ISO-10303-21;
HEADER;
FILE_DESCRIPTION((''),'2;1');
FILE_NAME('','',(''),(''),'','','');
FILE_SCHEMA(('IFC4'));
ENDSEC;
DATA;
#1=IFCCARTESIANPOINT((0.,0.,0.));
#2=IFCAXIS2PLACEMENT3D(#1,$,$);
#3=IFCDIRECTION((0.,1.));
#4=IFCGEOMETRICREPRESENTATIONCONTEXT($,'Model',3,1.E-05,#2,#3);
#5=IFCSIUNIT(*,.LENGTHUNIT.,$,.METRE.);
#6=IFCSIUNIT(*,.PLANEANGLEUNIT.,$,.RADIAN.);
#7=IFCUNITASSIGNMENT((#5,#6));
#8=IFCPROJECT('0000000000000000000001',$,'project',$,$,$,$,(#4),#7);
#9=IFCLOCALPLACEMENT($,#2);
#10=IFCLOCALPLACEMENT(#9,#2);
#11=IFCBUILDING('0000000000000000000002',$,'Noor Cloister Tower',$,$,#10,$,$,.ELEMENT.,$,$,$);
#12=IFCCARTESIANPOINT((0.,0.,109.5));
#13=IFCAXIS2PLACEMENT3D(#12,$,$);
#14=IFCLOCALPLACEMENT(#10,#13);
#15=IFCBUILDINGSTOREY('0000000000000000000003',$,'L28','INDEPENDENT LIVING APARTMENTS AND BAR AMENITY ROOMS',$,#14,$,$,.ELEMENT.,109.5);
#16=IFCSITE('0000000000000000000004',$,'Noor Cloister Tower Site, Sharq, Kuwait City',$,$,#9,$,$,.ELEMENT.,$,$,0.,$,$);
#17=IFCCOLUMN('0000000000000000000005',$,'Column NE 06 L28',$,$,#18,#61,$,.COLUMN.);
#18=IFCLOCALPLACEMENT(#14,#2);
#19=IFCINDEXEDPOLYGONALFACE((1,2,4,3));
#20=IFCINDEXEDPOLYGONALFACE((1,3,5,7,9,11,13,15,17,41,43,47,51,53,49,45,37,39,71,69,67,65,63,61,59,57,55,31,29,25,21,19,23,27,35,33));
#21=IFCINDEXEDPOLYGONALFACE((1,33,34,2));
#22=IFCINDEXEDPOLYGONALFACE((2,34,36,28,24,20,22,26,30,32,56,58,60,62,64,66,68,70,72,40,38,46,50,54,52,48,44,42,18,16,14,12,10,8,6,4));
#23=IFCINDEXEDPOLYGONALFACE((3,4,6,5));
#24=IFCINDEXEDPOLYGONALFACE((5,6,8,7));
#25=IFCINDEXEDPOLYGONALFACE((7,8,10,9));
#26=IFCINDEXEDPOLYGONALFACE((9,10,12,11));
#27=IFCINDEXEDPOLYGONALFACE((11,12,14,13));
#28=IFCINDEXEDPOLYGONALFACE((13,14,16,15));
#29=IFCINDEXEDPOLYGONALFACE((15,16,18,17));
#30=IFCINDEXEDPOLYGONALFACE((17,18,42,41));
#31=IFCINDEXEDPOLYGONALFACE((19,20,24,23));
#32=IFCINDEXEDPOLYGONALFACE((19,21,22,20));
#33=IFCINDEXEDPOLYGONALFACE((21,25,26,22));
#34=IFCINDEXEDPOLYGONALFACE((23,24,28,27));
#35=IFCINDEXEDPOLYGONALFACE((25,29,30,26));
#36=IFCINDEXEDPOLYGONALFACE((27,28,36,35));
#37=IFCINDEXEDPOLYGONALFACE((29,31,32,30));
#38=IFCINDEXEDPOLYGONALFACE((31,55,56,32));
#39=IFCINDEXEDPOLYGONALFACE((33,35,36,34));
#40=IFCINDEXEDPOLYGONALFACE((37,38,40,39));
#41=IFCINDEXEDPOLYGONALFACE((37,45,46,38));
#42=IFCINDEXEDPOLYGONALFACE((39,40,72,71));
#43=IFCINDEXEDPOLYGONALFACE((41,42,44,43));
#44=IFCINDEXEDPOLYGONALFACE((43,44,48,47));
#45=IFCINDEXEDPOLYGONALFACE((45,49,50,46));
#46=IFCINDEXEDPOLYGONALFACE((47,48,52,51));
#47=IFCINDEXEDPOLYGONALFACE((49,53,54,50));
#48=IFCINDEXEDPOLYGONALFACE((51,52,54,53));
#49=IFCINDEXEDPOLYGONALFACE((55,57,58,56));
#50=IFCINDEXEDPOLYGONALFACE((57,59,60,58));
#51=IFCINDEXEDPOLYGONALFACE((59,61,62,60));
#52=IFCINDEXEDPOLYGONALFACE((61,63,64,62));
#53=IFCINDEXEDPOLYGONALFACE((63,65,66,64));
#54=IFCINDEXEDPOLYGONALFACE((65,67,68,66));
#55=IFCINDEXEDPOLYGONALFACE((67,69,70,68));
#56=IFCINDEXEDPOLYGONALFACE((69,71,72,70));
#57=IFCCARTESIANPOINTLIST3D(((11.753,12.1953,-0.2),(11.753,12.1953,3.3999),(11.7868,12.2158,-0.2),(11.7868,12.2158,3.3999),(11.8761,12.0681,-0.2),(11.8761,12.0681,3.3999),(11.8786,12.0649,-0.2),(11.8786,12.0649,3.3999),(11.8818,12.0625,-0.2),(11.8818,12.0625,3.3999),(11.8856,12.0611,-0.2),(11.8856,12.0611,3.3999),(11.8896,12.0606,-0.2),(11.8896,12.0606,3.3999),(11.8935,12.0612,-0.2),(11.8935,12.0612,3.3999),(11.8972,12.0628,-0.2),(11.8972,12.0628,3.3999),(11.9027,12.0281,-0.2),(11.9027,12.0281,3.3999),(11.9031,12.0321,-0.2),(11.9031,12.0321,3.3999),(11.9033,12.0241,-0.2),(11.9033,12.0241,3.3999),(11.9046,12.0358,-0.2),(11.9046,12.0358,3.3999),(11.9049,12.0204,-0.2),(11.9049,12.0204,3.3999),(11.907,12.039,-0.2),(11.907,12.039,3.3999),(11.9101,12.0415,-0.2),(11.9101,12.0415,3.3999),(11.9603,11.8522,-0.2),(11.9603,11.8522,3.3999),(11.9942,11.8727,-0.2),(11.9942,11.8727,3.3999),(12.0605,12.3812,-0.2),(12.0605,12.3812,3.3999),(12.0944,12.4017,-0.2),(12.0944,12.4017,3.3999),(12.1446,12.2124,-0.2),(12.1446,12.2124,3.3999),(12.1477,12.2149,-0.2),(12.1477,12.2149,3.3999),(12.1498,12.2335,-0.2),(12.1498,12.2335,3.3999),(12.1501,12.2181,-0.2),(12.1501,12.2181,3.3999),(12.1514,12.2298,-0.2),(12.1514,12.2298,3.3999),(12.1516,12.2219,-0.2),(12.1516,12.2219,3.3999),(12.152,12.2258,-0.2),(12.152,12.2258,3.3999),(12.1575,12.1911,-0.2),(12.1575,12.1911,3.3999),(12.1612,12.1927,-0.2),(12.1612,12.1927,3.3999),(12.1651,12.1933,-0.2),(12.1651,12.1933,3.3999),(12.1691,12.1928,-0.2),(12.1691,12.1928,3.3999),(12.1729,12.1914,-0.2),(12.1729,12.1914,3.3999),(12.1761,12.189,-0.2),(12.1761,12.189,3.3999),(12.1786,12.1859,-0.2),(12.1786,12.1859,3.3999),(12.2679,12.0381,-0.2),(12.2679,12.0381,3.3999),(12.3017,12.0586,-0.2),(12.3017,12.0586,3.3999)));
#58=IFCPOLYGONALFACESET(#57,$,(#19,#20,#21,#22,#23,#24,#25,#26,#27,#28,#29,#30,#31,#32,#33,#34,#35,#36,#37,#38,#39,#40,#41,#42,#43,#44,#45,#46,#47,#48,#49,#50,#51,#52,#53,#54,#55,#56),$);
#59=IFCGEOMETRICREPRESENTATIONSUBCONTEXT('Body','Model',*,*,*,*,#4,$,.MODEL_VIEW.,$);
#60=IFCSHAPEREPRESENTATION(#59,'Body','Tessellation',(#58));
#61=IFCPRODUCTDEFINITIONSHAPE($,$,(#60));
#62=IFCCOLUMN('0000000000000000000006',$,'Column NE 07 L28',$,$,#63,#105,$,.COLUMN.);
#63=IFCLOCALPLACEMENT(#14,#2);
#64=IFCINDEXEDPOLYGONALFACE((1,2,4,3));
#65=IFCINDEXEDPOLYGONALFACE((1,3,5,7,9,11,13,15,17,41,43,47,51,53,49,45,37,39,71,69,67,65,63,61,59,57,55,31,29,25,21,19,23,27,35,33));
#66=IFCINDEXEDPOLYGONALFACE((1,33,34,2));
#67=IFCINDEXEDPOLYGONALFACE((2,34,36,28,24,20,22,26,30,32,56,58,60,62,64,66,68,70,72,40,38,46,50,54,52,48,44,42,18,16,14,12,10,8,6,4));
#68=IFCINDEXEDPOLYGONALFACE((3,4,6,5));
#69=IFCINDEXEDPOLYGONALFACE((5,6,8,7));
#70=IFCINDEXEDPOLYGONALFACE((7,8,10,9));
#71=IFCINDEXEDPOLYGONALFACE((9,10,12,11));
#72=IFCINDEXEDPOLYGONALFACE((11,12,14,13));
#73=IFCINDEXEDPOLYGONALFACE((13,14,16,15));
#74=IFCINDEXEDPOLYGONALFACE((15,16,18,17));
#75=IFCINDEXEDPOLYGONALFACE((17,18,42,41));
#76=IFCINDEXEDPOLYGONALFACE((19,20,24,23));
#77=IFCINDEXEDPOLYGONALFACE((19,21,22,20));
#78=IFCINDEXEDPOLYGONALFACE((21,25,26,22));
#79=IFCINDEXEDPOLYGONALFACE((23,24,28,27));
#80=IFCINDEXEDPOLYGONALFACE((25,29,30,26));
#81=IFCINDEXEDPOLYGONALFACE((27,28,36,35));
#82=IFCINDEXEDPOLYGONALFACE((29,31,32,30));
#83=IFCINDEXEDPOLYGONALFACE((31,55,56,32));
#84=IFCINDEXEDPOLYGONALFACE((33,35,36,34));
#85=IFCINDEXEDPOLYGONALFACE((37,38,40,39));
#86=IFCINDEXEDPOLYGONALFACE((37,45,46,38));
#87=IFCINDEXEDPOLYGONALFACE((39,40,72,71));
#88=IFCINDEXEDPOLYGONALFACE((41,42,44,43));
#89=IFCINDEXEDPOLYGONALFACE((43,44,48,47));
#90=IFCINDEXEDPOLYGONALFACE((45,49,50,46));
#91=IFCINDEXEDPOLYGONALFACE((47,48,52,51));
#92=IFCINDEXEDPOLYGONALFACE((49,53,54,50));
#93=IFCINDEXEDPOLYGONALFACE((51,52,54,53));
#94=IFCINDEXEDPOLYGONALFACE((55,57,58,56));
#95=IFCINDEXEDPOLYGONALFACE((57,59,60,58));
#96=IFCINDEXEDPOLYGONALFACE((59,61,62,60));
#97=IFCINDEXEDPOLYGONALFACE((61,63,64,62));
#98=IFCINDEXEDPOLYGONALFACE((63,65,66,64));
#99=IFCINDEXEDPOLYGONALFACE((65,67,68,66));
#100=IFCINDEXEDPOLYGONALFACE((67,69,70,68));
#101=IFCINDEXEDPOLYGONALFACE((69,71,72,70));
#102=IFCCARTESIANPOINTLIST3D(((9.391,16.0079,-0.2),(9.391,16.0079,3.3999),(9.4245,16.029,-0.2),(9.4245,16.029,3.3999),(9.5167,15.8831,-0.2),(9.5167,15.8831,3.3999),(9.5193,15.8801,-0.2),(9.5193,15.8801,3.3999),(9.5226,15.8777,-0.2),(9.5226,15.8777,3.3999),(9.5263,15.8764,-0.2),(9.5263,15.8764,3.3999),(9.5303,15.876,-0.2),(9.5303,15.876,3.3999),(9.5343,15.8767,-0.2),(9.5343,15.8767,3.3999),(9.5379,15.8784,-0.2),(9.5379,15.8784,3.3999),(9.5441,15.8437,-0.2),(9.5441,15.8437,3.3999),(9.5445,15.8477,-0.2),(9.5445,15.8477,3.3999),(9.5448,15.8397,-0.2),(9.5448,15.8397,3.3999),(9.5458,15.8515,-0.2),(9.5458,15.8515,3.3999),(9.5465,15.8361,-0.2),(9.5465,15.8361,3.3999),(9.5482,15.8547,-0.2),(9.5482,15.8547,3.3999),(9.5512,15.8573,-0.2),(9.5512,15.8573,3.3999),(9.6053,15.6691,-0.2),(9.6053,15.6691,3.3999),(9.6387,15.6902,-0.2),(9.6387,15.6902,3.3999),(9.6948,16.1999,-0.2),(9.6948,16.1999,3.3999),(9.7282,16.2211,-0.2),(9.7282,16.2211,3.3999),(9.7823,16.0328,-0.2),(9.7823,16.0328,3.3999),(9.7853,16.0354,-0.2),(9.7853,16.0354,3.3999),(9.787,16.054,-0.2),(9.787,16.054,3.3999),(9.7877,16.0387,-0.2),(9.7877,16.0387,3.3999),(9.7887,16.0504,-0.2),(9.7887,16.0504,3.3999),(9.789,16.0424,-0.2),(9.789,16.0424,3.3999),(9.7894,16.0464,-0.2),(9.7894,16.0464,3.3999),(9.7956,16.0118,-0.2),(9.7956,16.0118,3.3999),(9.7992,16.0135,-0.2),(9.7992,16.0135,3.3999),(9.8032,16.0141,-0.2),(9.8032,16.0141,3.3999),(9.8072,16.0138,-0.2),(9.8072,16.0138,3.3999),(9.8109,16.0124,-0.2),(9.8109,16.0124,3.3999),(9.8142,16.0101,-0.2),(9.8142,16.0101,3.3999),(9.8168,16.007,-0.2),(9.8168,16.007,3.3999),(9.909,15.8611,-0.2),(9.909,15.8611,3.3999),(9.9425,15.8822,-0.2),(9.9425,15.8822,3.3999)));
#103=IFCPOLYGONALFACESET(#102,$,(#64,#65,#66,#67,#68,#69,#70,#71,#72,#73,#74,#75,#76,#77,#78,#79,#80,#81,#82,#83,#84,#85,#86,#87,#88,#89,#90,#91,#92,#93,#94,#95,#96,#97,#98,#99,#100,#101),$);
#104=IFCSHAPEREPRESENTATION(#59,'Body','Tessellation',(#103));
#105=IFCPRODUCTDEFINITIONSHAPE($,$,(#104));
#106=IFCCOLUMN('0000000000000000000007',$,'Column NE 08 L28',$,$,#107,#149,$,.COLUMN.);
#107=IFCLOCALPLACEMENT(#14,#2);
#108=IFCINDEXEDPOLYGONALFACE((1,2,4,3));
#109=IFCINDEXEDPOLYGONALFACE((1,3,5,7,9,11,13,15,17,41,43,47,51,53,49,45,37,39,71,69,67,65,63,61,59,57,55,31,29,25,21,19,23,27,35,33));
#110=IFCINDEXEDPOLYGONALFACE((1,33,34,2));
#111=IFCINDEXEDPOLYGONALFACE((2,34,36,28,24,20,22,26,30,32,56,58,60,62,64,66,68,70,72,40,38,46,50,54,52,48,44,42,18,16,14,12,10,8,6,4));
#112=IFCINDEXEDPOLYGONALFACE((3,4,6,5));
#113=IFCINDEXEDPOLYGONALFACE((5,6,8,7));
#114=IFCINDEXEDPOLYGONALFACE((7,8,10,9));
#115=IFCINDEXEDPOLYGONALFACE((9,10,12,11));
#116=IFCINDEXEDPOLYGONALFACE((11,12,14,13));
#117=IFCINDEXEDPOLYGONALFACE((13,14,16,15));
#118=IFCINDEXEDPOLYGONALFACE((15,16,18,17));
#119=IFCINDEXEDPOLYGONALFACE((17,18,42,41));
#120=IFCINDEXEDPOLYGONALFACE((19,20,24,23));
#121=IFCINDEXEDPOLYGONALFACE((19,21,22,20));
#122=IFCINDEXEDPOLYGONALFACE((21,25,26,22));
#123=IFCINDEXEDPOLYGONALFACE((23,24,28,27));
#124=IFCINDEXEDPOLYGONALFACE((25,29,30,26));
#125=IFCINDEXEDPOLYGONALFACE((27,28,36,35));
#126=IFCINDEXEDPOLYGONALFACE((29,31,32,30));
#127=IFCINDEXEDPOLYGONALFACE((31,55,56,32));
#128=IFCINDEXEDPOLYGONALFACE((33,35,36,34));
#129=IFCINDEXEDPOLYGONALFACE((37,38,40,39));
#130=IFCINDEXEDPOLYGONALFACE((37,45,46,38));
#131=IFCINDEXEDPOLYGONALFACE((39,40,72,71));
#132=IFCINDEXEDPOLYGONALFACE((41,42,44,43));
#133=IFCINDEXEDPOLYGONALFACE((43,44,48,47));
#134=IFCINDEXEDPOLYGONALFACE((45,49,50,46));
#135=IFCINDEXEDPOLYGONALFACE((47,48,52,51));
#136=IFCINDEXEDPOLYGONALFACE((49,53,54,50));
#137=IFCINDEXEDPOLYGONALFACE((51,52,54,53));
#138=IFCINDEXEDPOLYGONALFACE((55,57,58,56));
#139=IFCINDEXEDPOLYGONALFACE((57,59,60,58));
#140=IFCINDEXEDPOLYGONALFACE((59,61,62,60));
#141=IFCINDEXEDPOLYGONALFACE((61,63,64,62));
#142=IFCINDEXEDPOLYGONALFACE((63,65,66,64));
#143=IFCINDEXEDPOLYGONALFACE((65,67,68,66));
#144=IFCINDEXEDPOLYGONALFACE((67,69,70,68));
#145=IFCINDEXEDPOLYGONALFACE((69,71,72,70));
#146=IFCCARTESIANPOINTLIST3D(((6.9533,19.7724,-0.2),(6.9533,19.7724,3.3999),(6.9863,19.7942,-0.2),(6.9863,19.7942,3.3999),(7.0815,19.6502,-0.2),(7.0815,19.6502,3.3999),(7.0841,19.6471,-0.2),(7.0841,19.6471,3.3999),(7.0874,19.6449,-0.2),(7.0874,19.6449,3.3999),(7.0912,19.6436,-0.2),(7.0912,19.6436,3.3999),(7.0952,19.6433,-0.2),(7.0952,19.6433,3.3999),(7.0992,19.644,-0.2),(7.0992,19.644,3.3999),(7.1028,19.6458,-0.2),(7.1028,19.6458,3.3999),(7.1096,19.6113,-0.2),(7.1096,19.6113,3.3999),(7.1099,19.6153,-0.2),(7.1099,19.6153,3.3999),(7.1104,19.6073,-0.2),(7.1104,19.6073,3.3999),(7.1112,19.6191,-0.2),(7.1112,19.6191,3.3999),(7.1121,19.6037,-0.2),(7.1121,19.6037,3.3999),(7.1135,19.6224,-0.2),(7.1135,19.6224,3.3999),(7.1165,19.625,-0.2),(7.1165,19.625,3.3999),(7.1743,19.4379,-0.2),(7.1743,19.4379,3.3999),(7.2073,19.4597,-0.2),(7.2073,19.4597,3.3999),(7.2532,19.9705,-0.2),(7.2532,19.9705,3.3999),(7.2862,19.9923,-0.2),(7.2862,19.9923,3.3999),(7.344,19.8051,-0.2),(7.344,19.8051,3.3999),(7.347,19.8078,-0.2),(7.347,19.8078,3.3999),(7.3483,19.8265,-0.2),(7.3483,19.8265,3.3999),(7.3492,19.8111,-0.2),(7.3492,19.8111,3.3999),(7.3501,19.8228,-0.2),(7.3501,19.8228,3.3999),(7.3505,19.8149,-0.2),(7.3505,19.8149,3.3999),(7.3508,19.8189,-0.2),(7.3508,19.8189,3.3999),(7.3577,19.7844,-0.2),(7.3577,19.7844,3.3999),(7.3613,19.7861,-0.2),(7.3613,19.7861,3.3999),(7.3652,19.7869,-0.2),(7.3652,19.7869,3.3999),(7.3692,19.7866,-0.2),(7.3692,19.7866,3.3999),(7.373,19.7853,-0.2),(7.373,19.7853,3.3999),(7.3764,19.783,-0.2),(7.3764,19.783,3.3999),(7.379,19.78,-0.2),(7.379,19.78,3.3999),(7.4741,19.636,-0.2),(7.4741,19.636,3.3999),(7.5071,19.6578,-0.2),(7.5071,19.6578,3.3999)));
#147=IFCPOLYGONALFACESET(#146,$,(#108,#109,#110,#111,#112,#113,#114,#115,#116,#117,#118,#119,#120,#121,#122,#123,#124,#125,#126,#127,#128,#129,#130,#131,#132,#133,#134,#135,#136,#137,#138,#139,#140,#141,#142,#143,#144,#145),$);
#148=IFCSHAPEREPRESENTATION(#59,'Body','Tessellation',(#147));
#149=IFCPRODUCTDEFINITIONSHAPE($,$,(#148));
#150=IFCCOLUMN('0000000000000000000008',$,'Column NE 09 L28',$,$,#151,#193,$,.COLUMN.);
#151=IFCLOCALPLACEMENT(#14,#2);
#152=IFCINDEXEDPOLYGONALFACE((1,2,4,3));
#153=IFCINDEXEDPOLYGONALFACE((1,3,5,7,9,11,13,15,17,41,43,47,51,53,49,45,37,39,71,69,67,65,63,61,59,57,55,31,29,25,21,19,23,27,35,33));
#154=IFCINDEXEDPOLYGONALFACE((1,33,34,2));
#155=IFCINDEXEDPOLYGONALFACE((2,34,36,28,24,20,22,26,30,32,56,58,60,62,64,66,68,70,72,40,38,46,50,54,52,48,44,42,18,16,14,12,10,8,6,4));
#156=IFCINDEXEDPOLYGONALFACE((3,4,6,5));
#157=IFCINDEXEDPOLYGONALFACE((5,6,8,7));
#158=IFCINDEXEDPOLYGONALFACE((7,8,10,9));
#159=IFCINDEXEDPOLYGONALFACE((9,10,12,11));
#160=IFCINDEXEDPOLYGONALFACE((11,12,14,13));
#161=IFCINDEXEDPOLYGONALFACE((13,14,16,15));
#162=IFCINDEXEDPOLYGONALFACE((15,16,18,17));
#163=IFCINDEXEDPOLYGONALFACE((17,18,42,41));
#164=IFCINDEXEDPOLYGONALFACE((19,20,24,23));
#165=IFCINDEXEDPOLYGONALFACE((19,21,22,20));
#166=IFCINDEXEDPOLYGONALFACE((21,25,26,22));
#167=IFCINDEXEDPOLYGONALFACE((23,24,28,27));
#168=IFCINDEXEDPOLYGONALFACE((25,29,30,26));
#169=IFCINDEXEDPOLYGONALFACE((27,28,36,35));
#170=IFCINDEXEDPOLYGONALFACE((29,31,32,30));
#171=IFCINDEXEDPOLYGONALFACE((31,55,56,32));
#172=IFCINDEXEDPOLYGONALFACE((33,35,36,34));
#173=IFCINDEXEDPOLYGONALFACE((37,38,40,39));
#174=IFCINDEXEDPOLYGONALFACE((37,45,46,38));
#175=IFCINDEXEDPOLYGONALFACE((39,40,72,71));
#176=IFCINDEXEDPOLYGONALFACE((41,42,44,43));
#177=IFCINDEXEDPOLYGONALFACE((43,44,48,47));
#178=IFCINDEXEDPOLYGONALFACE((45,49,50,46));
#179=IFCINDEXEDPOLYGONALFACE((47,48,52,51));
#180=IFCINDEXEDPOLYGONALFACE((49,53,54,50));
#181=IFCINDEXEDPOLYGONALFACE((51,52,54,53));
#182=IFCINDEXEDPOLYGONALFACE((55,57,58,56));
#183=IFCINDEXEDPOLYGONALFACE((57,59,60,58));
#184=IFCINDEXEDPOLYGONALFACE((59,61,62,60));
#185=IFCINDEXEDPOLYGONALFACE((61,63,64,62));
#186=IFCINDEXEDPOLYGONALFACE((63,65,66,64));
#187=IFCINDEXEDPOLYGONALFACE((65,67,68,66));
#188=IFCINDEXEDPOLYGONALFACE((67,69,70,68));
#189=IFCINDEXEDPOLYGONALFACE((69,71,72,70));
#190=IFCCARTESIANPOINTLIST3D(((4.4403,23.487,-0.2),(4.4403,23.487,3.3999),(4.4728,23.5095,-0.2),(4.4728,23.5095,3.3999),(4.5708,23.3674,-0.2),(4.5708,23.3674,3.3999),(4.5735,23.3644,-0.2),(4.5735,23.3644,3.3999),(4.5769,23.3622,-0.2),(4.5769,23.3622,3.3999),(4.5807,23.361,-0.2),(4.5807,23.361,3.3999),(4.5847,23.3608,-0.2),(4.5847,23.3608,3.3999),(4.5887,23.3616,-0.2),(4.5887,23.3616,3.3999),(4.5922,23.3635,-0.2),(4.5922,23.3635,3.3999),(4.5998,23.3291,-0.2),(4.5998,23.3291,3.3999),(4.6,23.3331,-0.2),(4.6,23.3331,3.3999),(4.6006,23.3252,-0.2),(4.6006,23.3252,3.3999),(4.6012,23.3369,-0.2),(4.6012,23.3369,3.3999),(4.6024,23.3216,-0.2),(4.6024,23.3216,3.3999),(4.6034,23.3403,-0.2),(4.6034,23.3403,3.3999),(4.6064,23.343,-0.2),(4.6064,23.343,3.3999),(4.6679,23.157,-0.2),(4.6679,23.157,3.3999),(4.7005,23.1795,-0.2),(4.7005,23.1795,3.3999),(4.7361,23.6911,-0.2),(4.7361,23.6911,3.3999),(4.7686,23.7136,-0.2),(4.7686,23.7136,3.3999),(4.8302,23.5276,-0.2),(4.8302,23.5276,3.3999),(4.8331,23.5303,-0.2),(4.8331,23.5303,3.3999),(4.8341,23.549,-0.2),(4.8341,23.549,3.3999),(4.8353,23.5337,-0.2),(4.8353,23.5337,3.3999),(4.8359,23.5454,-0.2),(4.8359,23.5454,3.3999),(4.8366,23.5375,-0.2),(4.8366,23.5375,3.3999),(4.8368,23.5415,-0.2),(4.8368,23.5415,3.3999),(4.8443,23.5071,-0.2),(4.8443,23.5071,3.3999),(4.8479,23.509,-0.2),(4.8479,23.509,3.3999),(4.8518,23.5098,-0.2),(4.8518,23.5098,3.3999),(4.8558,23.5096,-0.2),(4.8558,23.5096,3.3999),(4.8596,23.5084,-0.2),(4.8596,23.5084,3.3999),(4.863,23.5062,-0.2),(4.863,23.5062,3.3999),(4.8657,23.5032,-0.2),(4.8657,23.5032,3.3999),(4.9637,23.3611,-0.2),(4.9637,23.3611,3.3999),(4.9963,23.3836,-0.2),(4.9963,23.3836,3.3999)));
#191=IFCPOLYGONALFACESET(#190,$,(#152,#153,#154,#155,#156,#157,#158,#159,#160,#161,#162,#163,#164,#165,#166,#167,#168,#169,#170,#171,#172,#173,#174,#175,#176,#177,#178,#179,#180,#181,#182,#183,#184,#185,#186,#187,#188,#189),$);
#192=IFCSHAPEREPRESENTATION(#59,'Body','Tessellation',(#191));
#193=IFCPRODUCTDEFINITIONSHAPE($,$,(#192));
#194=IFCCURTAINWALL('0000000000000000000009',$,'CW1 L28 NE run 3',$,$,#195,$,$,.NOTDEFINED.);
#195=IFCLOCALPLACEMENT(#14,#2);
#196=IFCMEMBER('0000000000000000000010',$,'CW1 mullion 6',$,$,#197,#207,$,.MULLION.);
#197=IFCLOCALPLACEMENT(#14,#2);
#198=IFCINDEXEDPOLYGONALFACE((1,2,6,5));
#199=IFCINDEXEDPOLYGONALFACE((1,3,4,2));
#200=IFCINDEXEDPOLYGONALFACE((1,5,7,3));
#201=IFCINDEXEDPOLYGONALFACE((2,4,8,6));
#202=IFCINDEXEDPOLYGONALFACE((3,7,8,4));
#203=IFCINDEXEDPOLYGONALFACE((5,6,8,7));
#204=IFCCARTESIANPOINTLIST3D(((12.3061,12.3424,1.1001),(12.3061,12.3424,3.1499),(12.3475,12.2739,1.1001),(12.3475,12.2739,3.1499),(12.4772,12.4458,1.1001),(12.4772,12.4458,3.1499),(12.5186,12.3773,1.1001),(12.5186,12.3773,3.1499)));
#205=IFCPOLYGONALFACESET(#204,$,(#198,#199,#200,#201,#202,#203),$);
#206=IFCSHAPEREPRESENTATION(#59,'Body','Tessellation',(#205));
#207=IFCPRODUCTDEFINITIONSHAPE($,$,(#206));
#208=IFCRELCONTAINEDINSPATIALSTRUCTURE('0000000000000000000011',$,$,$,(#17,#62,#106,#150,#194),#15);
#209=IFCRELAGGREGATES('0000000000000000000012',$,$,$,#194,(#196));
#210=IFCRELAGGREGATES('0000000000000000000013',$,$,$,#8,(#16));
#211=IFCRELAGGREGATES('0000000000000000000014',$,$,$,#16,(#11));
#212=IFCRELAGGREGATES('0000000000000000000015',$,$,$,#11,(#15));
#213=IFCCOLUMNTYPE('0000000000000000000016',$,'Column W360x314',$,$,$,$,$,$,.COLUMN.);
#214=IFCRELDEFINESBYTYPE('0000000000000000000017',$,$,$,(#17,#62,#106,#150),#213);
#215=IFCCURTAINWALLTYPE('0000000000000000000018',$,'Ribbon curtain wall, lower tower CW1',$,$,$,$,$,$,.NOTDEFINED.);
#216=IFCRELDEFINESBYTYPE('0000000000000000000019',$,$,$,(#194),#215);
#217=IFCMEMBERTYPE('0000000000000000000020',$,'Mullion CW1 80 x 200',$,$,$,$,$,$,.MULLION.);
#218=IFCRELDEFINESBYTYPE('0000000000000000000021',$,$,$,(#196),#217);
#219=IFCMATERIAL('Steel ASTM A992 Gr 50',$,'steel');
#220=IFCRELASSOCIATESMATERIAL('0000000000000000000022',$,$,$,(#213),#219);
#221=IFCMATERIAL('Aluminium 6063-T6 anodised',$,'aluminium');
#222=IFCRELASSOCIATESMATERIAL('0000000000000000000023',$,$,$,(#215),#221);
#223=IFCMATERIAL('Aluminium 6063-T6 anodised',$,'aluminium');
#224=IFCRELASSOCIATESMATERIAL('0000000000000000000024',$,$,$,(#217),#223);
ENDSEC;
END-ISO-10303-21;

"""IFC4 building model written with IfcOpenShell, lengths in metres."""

from ifc_helpers import new_model, si_unit, direction, frame, origin, origin_2d, place, context, subcontext, project, spatial, rectangle, i_section, extrude, material, material_profile, profile_set, type_object, element, aggregate, save


model = new_model("IFC4")

# Units and contexts
model_context = context("Model", 3, precision=1e-05, world=origin(), true_north=direction((0.0, 1.0)))
body_context = subcontext(model_context, "Body", "Model", "MODEL_VIEW")
ifc_project = project(units=[si_unit("LENGTHUNIT", "METRE"), si_unit("PLANEANGLEUNIT", "RADIAN")], contexts=[model_context])

# Site, building, storey
site_placement = place(None, origin())
site = spatial("IfcSite", under=ifc_project, at=site_placement, Name="Noor Cloister Tower Site, Sharq, Kuwait City", CompositionType="ELEMENT", RefElevation=0.0)
building_placement = place(site_placement, origin())
building = spatial("IfcBuilding", under=site, at=building_placement, Name="Noor Cloister Tower", CompositionType="ELEMENT")
storey_placement = place(building_placement, frame((0.0, 0.0, 109.5)))
storey = spatial("IfcBuildingStorey", under=building, at=storey_placement, Name="L28", Description="INDEPENDENT LIVING APARTMENTS AND BAR AMENITY ROOMS", CompositionType="ELEMENT", Elevation=109.5)

# Columns
ifc_material_1 = material(Name="Steel ASTM A992 Gr 50", Category="steel")
ifc_material_profile_1 = material_profile(ifc_material_1, i_section(OverallWidth=0.4009, OverallDepth=0.3989, WebThickness=0.0249, FlangeThickness=0.0396, FilletRadius=0.0154, at=origin_2d()), Name="W360x314")
ifc_profile_set_1 = profile_set([ifc_material_profile_1], Name="Steel ASTM A992 Gr 50")
column_type = type_object("IfcColumnType", Name="Column W360x314", PredefinedType="COLUMN", material=ifc_profile_set_1)
for number, where, z_axis, x_axis, name in (
    (1, (12.0273, 12.127, -0.2), (0.0, 0.0, 1.0), (-0.517287, 0.855812, 0.0), "Column NE 06 L28"),
    (2, (9.6667, 15.9451, -0.2), (0.0, 0.0, 1.0), (-0.534365, 0.845254, 0.0), "Column NE 07 L28"),
    (3, (7.2302, 19.7151, -0.2), (0.0, 0.0, 1.0), (-0.551228, 0.834355, 0.0), "Column NE 08 L28"),
    (4, (4.7183, 23.4353, -0.2), (0.0, 0.0, 1.0), (-0.567868, 0.823119, 0.0), "Column NE 09 L28"),
):
    element("IfcColumn", number, at=place(storey_placement, frame(where, z_axis=z_axis, x_axis=x_axis)), inside=storey, type_object=column_type, Name=name, PredefinedType="COLUMN", context=body_context, shape_type="SweptSolid", body=[
        extrude(i_section(OverallWidth=0.4009, OverallDepth=0.3989, WebThickness=0.0249, FlangeThickness=0.0396, FilletRadius=0.0154, at=origin_2d()), origin(), (0.0, 0.0, 1.0), 3.5999),
    ])

# Curtain wall, member
ifc_material_2 = material(Name="Aluminium 6063-T6 anodised", Category="aluminium")
curtain_wall_type = type_object("IfcCurtainWallType", Name="Ribbon curtain wall, lower tower CW1", PredefinedType="NOTDEFINED", material=ifc_material_2)
curtain_wall_placement = place(storey_placement, origin())
curtain_wall = element("IfcCurtainWall", 5, at=curtain_wall_placement, inside=storey, type_object=curtain_wall_type, Name="CW1 L28 NE run 3", PredefinedType="NOTDEFINED")
ifc_material_3 = material(Name="Aluminium 6063-T6 anodised", Category="aluminium")
ifc_material_profile_2 = material_profile(ifc_material_3, rectangle(XDim=0.2, YDim=0.0801, at=origin_2d()), Name="200 x 80 mullion")
ifc_profile_set_2 = profile_set([ifc_material_profile_2], Name="Aluminium 6063-T6 anodised")
member_type = type_object("IfcMemberType", Name="Mullion CW1 80 x 200", PredefinedType="MULLION", material=ifc_profile_set_2)
member_1_placement = place(storey_placement, frame((12.4124, 12.3599, 1.1001), z_axis=(0.0, 0.0, 1.0), x_axis=(-0.855812, -0.517287, 0.0)))
member_1 = element("IfcMember", 6, at=member_1_placement, type_object=member_type, Name="CW1 mullion 6", PredefinedType="MULLION", context=body_context, shape_type="SweptSolid", body=[
    extrude(rectangle(XDim=0.2, YDim=0.0801, at=origin_2d()), origin(), (0.0, 0.0, 1.0), 2.0498),
])

aggregate(curtain_wall, [member_1])

save(model, "model.ifc")
